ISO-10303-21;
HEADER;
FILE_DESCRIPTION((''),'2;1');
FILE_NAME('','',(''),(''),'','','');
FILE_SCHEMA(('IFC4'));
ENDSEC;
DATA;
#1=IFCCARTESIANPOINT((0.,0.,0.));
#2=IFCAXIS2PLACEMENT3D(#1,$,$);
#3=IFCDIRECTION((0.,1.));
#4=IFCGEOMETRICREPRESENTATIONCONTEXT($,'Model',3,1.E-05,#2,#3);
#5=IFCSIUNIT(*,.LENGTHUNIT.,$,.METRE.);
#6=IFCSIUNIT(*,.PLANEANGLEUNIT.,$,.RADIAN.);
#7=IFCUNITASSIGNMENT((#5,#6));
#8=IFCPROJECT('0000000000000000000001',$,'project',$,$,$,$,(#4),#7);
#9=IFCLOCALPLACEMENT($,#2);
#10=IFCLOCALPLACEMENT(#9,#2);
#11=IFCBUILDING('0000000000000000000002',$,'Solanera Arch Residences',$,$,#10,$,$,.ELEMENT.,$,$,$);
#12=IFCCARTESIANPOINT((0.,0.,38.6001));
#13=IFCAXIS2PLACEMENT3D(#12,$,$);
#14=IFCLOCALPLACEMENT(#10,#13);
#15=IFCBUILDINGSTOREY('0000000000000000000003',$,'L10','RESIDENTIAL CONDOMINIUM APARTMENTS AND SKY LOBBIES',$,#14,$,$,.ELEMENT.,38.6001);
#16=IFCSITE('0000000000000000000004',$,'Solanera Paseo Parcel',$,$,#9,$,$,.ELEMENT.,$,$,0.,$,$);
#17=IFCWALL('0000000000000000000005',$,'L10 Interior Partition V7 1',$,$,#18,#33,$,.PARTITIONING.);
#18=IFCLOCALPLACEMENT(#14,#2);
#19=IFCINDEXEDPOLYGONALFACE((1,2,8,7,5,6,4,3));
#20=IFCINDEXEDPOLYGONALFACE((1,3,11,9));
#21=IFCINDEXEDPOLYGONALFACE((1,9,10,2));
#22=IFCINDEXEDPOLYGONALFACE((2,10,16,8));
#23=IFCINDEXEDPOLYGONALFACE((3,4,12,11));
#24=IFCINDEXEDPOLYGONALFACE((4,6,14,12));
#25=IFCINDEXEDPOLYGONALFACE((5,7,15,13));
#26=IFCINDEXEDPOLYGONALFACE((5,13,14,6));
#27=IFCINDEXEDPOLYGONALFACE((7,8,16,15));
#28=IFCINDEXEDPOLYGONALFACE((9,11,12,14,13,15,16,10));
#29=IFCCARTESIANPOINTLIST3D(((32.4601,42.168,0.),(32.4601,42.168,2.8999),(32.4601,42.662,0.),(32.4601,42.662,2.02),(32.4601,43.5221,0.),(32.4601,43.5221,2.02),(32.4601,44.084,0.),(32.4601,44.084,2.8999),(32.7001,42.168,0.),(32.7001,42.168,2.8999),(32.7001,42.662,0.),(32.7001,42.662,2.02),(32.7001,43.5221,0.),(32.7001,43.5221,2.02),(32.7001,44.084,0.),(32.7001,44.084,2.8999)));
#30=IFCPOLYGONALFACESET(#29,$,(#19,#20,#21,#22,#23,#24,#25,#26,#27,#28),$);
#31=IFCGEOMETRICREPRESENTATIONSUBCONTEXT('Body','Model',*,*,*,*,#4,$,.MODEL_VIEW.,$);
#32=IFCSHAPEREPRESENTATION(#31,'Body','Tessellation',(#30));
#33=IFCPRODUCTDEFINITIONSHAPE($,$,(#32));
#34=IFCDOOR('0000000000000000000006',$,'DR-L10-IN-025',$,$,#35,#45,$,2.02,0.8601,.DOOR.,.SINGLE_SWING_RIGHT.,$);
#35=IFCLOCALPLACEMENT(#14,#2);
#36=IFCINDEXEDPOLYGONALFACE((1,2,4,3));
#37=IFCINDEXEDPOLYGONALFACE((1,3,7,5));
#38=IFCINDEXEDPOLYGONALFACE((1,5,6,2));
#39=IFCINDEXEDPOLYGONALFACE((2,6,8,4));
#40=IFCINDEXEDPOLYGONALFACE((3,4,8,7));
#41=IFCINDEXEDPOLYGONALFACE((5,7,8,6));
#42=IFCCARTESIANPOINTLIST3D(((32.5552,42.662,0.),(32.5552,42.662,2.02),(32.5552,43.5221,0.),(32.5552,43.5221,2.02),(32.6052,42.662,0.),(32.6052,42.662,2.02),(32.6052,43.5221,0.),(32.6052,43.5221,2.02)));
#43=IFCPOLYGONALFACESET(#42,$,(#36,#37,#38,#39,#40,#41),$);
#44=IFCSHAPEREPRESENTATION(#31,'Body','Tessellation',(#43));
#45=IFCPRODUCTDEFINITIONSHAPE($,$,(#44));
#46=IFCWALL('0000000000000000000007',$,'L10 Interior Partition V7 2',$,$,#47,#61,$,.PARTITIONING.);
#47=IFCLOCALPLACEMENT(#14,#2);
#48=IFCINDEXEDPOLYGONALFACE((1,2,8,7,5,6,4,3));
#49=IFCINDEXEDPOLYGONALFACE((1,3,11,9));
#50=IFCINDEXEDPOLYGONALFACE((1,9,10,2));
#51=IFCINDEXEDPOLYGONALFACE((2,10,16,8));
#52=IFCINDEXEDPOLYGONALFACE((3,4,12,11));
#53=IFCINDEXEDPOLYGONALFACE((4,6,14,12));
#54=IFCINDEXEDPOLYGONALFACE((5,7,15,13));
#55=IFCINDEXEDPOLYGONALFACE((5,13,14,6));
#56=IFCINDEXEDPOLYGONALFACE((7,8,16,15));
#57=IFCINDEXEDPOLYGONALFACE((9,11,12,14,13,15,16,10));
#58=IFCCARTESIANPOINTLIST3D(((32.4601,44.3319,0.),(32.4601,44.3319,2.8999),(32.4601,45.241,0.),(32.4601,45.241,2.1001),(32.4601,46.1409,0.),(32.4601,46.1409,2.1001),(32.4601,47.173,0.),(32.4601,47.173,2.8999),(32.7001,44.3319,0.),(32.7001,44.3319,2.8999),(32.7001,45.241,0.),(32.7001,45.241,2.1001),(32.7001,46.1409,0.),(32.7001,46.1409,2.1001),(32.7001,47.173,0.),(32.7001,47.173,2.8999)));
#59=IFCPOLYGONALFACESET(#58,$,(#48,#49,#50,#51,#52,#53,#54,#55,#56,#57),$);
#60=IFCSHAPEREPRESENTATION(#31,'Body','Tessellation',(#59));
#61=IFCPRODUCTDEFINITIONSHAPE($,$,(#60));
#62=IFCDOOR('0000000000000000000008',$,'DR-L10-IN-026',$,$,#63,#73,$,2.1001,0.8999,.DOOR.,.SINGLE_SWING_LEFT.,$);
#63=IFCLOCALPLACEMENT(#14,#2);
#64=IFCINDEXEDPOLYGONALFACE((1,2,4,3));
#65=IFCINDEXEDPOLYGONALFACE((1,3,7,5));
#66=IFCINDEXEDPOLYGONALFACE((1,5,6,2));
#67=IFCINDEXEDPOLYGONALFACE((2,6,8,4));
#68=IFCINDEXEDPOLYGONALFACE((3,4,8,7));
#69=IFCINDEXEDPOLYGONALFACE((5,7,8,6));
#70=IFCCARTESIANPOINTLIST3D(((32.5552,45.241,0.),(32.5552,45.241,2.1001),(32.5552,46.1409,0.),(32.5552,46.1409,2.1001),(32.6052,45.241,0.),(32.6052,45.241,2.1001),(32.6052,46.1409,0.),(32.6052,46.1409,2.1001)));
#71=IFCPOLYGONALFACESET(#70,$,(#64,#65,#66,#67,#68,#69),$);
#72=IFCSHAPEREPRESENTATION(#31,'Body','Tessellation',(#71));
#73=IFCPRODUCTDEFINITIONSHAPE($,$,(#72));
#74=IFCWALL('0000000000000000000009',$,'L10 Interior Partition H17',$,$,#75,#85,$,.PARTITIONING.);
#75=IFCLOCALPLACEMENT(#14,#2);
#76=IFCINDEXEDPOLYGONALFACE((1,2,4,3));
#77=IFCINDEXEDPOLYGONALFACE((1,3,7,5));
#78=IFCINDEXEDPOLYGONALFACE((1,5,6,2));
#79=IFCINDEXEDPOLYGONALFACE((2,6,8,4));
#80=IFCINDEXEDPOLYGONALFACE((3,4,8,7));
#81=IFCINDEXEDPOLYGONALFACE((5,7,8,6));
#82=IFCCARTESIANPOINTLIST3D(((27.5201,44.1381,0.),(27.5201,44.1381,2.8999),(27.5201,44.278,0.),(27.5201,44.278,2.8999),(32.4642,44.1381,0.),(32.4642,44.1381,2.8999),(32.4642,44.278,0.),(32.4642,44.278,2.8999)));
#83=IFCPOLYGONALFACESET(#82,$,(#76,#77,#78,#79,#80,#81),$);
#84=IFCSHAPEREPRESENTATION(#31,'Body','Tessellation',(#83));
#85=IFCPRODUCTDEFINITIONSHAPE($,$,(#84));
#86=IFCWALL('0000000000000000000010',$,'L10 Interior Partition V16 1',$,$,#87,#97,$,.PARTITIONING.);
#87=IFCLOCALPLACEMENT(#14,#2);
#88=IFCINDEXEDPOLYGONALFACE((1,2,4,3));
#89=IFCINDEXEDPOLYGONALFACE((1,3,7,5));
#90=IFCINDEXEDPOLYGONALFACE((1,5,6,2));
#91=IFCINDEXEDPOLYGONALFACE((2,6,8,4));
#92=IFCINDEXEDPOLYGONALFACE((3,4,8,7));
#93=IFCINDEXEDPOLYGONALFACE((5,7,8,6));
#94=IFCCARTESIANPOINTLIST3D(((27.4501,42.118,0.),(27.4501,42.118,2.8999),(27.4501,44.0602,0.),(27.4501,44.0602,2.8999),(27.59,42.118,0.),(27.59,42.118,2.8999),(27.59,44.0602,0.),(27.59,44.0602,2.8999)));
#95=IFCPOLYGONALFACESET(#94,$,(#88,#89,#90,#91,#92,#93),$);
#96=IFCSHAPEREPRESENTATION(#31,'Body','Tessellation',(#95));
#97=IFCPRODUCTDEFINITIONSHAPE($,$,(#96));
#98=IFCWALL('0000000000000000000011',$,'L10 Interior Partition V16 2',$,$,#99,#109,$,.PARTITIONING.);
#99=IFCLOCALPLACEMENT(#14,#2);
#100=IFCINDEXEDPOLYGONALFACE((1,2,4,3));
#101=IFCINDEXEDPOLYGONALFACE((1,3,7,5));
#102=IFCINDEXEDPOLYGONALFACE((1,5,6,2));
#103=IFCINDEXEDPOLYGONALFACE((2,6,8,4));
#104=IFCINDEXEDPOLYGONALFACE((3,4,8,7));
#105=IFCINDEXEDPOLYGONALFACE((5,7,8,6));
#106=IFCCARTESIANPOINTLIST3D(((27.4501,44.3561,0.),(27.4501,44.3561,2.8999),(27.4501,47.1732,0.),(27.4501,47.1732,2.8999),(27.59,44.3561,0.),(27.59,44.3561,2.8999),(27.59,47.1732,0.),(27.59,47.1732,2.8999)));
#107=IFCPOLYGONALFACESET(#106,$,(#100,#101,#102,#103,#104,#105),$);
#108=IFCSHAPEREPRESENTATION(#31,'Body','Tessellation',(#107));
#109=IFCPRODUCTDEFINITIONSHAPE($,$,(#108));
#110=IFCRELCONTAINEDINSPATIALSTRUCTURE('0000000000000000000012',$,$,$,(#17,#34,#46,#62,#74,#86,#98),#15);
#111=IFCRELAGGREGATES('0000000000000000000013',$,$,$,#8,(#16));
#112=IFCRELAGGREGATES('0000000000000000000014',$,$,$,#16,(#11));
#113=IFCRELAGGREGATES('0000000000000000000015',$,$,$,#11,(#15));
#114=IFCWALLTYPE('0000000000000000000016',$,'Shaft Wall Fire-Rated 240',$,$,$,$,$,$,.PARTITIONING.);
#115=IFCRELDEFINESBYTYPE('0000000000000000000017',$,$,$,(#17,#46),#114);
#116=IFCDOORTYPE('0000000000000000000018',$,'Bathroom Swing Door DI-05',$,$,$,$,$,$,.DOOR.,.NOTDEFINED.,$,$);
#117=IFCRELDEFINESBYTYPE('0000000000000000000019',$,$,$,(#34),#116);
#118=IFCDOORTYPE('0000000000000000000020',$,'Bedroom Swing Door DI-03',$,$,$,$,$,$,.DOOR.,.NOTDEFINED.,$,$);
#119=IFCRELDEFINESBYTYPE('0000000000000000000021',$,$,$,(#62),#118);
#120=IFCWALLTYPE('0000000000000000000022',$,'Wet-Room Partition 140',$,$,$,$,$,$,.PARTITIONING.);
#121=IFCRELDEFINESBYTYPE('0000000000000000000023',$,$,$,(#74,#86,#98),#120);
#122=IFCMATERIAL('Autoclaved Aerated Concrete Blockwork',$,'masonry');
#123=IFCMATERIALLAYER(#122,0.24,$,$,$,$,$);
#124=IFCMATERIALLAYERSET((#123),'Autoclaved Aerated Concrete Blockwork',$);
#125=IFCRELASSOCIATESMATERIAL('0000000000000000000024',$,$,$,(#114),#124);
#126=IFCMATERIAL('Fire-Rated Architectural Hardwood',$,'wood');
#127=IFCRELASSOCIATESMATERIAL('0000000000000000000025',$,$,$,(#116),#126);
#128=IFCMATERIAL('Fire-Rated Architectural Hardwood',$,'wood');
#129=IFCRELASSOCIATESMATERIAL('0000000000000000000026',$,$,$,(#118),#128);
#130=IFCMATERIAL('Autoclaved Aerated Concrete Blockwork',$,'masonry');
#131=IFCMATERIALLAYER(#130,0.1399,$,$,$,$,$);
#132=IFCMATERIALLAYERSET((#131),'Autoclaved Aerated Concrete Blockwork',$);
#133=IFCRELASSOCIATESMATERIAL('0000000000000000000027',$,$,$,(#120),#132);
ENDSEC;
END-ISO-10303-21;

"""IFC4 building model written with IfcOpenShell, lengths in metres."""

from ifc_helpers import new_model, si_unit, direction, frame, frame_2d, origin, place, context, subcontext, project, spatial, rectangle, extrude, material, layer, layer_set, type_object, element, fill, save


model = new_model("IFC4")

# Units and contexts
model_context = context("Model", 3, precision=1e-05, world=origin(), true_north=direction((0.0, 1.0)))
body_context = subcontext(model_context, "Body", "Model", "MODEL_VIEW")
ifc_project = project(units=[si_unit("LENGTHUNIT", "METRE"), si_unit("PLANEANGLEUNIT", "RADIAN")], contexts=[model_context])

# Site, building, storey
site_placement = place(None, origin())
site = spatial("IfcSite", under=ifc_project, at=site_placement, Name="Solanera Paseo Parcel", CompositionType="ELEMENT", RefElevation=0.0)
building_placement = place(site_placement, origin())
building = spatial("IfcBuilding", under=site, at=building_placement, Name="Solanera Arch Residences", CompositionType="ELEMENT")
storey_placement = place(building_placement, frame((0.0, 0.0, 38.6001)))
storey = spatial("IfcBuildingStorey", under=building, at=storey_placement, Name="L10", Description="RESIDENTIAL CONDOMINIUM APARTMENTS AND SKY LOBBIES", CompositionType="ELEMENT", Elevation=38.6001)

# Walls, openings, doors
ifc_material_1 = material(Name="Autoclaved Aerated Concrete Blockwork", Category="masonry")
ifc_layer_1 = layer(ifc_material_1, 0.24)
ifc_layer_set_1 = layer_set([ifc_layer_1], Name="Autoclaved Aerated Concrete Blockwork")
wall_type_1 = type_object("IfcWallType", Name="Shaft Wall Fire-Rated 240", PredefinedType="PARTITIONING", material=ifc_layer_set_1)
wall_1_placement = place(storey_placement, frame((32.5801, 42.168, 0.0), z_axis=(0.0, 0.0, 1.0), x_axis=(0.0, 1.0, 0.0)))
wall_1 = element("IfcWall", 1, at=wall_1_placement, inside=storey, type_object=wall_type_1, Name="L10 Interior Partition V7 1", PredefinedType="PARTITIONING", context=body_context, shape_type="SweptSolid", body=[
    extrude(rectangle(XDim=1.916, YDim=0.24, at=frame_2d((0.958, 0.0))), origin(), (0.0, 0.0, 1.0), 2.8999),
])
opening_1_placement = place(wall_1_placement, frame((0.4939, 0.0, 0.0)))
opening_1 = element("IfcOpeningElement", 2, at=opening_1_placement, cuts=wall_1, PredefinedType="OPENING", context=body_context, shape_type="SweptSolid", body=[
    extrude(rectangle(XDim=0.8601, YDim=2.02, at=frame_2d((0.4302, 1.01))), frame((0.0, 0.1299, 0.0), z_axis=(0.0, -1.0, 0.0), x_axis=(1.0, 0.0, 0.0)), (0.0, 0.0, 1.0), 0.26),
])
ifc_material_2 = material(Name="Fire-Rated Architectural Hardwood", Category="wood")
door_type_1 = type_object("IfcDoorType", Name="Bathroom Swing Door DI-05", OperationType="NOTDEFINED", PredefinedType="DOOR", material=ifc_material_2)
door_1_placement = place(opening_1_placement, origin())
door_1 = element("IfcDoor", 3, at=door_1_placement, inside=storey, type_object=door_type_1, Name="DR-L10-IN-025", OperationType="SINGLE_SWING_RIGHT", OverallHeight=2.02, OverallWidth=0.8601, PredefinedType="DOOR", context=body_context, shape_type="SweptSolid", body=[
    extrude(rectangle(XDim=0.8601, YDim=2.02, at=frame_2d((0.4302, 1.01))), frame((0.0, 0.0249, 0.0), z_axis=(0.0, -1.0, 0.0), x_axis=(1.0, 0.0, 0.0)), (0.0, 0.0, 1.0), 0.05),
])
fill(opening_1, door_1)
wall_2_placement = place(storey_placement, frame((32.5801, 44.332, 0.0), z_axis=(0.0, 0.0, 1.0), x_axis=(0.0, 1.0, 0.0)))
wall_2 = element("IfcWall", 4, at=wall_2_placement, inside=storey, type_object=wall_type_1, Name="L10 Interior Partition V7 2", PredefinedType="PARTITIONING", context=body_context, shape_type="SweptSolid", body=[
    extrude(rectangle(XDim=2.8411, YDim=0.24, at=frame_2d((1.4204, 0.0))), origin(), (0.0, 0.0, 1.0), 2.8999),
])
opening_2_placement = place(wall_2_placement, frame((0.9089, 0.0, 0.0)))
opening_2 = element("IfcOpeningElement", 5, at=opening_2_placement, cuts=wall_2, PredefinedType="OPENING", context=body_context, shape_type="SweptSolid", body=[
    extrude(rectangle(XDim=0.8999, YDim=2.1001, at=frame_2d((0.45, 1.05))), frame((0.0, 0.1299, 0.0), z_axis=(0.0, -1.0, 0.0), x_axis=(1.0, 0.0, 0.0)), (0.0, 0.0, 1.0), 0.26),
])
ifc_material_3 = material(Name="Fire-Rated Architectural Hardwood", Category="wood")
door_type_2 = type_object("IfcDoorType", Name="Bedroom Swing Door DI-03", OperationType="NOTDEFINED", PredefinedType="DOOR", material=ifc_material_3)
door_2_placement = place(opening_2_placement, origin())
door_2 = element("IfcDoor", 6, at=door_2_placement, inside=storey, type_object=door_type_2, Name="DR-L10-IN-026", OperationType="SINGLE_SWING_LEFT", OverallHeight=2.1001, OverallWidth=0.8999, PredefinedType="DOOR", context=body_context, shape_type="SweptSolid", body=[
    extrude(rectangle(XDim=0.8999, YDim=2.1001, at=frame_2d((0.45, 1.05))), frame((0.0, 0.0249, 0.0), z_axis=(0.0, -1.0, 0.0), x_axis=(1.0, 0.0, 0.0)), (0.0, 0.0, 1.0), 0.05),
])
fill(opening_2, door_2)

# Walls
ifc_material_4 = material(Name="Autoclaved Aerated Concrete Blockwork", Category="masonry")
ifc_layer_2 = layer(ifc_material_4, 0.1399)
ifc_layer_set_2 = layer_set([ifc_layer_2], Name="Autoclaved Aerated Concrete Blockwork")
wall_type_2 = type_object("IfcWallType", Name="Wet-Room Partition 140", PredefinedType="PARTITIONING", material=ifc_layer_set_2)
wall_3_placement = place(storey_placement, frame((27.52, 44.208, 0.0), z_axis=(0.0, 0.0, 1.0), x_axis=(1.0, 0.0, 0.0)))
element("IfcWall", 7, at=wall_3_placement, inside=storey, type_object=wall_type_2, Name="L10 Interior Partition H17", PredefinedType="PARTITIONING", context=body_context, shape_type="SweptSolid", body=[
    extrude(rectangle(XDim=4.9441, YDim=0.1399, at=frame_2d((2.4722, 0.0))), origin(), (0.0, 0.0, 1.0), 2.8999),
])
wall_4_placement = place(storey_placement, frame((27.52, 42.1179, 0.0), z_axis=(0.0, 0.0, 1.0), x_axis=(0.0, 1.0, 0.0)))
element("IfcWall", 8, at=wall_4_placement, inside=storey, type_object=wall_type_2, Name="L10 Interior Partition V16 1", PredefinedType="PARTITIONING", context=body_context, shape_type="SweptSolid", body=[
    extrude(rectangle(XDim=1.9421, YDim=0.1399, at=frame_2d((0.9712, 0.0))), origin(), (0.0, 0.0, 1.0), 2.8999),
])
wall_5_placement = place(storey_placement, frame((27.52, 44.356, 0.0), z_axis=(0.0, 0.0, 1.0), x_axis=(0.0, 1.0, 0.0)))
element("IfcWall", 9, at=wall_5_placement, inside=storey, type_object=wall_type_2, Name="L10 Interior Partition V16 2", PredefinedType="PARTITIONING", context=body_context, shape_type="SweptSolid", body=[
    extrude(rectangle(XDim=2.8171, YDim=0.1399, at=frame_2d((1.4087, 0.0))), origin(), (0.0, 0.0, 1.0), 2.8999),
])

save(model, "model.ifc")
